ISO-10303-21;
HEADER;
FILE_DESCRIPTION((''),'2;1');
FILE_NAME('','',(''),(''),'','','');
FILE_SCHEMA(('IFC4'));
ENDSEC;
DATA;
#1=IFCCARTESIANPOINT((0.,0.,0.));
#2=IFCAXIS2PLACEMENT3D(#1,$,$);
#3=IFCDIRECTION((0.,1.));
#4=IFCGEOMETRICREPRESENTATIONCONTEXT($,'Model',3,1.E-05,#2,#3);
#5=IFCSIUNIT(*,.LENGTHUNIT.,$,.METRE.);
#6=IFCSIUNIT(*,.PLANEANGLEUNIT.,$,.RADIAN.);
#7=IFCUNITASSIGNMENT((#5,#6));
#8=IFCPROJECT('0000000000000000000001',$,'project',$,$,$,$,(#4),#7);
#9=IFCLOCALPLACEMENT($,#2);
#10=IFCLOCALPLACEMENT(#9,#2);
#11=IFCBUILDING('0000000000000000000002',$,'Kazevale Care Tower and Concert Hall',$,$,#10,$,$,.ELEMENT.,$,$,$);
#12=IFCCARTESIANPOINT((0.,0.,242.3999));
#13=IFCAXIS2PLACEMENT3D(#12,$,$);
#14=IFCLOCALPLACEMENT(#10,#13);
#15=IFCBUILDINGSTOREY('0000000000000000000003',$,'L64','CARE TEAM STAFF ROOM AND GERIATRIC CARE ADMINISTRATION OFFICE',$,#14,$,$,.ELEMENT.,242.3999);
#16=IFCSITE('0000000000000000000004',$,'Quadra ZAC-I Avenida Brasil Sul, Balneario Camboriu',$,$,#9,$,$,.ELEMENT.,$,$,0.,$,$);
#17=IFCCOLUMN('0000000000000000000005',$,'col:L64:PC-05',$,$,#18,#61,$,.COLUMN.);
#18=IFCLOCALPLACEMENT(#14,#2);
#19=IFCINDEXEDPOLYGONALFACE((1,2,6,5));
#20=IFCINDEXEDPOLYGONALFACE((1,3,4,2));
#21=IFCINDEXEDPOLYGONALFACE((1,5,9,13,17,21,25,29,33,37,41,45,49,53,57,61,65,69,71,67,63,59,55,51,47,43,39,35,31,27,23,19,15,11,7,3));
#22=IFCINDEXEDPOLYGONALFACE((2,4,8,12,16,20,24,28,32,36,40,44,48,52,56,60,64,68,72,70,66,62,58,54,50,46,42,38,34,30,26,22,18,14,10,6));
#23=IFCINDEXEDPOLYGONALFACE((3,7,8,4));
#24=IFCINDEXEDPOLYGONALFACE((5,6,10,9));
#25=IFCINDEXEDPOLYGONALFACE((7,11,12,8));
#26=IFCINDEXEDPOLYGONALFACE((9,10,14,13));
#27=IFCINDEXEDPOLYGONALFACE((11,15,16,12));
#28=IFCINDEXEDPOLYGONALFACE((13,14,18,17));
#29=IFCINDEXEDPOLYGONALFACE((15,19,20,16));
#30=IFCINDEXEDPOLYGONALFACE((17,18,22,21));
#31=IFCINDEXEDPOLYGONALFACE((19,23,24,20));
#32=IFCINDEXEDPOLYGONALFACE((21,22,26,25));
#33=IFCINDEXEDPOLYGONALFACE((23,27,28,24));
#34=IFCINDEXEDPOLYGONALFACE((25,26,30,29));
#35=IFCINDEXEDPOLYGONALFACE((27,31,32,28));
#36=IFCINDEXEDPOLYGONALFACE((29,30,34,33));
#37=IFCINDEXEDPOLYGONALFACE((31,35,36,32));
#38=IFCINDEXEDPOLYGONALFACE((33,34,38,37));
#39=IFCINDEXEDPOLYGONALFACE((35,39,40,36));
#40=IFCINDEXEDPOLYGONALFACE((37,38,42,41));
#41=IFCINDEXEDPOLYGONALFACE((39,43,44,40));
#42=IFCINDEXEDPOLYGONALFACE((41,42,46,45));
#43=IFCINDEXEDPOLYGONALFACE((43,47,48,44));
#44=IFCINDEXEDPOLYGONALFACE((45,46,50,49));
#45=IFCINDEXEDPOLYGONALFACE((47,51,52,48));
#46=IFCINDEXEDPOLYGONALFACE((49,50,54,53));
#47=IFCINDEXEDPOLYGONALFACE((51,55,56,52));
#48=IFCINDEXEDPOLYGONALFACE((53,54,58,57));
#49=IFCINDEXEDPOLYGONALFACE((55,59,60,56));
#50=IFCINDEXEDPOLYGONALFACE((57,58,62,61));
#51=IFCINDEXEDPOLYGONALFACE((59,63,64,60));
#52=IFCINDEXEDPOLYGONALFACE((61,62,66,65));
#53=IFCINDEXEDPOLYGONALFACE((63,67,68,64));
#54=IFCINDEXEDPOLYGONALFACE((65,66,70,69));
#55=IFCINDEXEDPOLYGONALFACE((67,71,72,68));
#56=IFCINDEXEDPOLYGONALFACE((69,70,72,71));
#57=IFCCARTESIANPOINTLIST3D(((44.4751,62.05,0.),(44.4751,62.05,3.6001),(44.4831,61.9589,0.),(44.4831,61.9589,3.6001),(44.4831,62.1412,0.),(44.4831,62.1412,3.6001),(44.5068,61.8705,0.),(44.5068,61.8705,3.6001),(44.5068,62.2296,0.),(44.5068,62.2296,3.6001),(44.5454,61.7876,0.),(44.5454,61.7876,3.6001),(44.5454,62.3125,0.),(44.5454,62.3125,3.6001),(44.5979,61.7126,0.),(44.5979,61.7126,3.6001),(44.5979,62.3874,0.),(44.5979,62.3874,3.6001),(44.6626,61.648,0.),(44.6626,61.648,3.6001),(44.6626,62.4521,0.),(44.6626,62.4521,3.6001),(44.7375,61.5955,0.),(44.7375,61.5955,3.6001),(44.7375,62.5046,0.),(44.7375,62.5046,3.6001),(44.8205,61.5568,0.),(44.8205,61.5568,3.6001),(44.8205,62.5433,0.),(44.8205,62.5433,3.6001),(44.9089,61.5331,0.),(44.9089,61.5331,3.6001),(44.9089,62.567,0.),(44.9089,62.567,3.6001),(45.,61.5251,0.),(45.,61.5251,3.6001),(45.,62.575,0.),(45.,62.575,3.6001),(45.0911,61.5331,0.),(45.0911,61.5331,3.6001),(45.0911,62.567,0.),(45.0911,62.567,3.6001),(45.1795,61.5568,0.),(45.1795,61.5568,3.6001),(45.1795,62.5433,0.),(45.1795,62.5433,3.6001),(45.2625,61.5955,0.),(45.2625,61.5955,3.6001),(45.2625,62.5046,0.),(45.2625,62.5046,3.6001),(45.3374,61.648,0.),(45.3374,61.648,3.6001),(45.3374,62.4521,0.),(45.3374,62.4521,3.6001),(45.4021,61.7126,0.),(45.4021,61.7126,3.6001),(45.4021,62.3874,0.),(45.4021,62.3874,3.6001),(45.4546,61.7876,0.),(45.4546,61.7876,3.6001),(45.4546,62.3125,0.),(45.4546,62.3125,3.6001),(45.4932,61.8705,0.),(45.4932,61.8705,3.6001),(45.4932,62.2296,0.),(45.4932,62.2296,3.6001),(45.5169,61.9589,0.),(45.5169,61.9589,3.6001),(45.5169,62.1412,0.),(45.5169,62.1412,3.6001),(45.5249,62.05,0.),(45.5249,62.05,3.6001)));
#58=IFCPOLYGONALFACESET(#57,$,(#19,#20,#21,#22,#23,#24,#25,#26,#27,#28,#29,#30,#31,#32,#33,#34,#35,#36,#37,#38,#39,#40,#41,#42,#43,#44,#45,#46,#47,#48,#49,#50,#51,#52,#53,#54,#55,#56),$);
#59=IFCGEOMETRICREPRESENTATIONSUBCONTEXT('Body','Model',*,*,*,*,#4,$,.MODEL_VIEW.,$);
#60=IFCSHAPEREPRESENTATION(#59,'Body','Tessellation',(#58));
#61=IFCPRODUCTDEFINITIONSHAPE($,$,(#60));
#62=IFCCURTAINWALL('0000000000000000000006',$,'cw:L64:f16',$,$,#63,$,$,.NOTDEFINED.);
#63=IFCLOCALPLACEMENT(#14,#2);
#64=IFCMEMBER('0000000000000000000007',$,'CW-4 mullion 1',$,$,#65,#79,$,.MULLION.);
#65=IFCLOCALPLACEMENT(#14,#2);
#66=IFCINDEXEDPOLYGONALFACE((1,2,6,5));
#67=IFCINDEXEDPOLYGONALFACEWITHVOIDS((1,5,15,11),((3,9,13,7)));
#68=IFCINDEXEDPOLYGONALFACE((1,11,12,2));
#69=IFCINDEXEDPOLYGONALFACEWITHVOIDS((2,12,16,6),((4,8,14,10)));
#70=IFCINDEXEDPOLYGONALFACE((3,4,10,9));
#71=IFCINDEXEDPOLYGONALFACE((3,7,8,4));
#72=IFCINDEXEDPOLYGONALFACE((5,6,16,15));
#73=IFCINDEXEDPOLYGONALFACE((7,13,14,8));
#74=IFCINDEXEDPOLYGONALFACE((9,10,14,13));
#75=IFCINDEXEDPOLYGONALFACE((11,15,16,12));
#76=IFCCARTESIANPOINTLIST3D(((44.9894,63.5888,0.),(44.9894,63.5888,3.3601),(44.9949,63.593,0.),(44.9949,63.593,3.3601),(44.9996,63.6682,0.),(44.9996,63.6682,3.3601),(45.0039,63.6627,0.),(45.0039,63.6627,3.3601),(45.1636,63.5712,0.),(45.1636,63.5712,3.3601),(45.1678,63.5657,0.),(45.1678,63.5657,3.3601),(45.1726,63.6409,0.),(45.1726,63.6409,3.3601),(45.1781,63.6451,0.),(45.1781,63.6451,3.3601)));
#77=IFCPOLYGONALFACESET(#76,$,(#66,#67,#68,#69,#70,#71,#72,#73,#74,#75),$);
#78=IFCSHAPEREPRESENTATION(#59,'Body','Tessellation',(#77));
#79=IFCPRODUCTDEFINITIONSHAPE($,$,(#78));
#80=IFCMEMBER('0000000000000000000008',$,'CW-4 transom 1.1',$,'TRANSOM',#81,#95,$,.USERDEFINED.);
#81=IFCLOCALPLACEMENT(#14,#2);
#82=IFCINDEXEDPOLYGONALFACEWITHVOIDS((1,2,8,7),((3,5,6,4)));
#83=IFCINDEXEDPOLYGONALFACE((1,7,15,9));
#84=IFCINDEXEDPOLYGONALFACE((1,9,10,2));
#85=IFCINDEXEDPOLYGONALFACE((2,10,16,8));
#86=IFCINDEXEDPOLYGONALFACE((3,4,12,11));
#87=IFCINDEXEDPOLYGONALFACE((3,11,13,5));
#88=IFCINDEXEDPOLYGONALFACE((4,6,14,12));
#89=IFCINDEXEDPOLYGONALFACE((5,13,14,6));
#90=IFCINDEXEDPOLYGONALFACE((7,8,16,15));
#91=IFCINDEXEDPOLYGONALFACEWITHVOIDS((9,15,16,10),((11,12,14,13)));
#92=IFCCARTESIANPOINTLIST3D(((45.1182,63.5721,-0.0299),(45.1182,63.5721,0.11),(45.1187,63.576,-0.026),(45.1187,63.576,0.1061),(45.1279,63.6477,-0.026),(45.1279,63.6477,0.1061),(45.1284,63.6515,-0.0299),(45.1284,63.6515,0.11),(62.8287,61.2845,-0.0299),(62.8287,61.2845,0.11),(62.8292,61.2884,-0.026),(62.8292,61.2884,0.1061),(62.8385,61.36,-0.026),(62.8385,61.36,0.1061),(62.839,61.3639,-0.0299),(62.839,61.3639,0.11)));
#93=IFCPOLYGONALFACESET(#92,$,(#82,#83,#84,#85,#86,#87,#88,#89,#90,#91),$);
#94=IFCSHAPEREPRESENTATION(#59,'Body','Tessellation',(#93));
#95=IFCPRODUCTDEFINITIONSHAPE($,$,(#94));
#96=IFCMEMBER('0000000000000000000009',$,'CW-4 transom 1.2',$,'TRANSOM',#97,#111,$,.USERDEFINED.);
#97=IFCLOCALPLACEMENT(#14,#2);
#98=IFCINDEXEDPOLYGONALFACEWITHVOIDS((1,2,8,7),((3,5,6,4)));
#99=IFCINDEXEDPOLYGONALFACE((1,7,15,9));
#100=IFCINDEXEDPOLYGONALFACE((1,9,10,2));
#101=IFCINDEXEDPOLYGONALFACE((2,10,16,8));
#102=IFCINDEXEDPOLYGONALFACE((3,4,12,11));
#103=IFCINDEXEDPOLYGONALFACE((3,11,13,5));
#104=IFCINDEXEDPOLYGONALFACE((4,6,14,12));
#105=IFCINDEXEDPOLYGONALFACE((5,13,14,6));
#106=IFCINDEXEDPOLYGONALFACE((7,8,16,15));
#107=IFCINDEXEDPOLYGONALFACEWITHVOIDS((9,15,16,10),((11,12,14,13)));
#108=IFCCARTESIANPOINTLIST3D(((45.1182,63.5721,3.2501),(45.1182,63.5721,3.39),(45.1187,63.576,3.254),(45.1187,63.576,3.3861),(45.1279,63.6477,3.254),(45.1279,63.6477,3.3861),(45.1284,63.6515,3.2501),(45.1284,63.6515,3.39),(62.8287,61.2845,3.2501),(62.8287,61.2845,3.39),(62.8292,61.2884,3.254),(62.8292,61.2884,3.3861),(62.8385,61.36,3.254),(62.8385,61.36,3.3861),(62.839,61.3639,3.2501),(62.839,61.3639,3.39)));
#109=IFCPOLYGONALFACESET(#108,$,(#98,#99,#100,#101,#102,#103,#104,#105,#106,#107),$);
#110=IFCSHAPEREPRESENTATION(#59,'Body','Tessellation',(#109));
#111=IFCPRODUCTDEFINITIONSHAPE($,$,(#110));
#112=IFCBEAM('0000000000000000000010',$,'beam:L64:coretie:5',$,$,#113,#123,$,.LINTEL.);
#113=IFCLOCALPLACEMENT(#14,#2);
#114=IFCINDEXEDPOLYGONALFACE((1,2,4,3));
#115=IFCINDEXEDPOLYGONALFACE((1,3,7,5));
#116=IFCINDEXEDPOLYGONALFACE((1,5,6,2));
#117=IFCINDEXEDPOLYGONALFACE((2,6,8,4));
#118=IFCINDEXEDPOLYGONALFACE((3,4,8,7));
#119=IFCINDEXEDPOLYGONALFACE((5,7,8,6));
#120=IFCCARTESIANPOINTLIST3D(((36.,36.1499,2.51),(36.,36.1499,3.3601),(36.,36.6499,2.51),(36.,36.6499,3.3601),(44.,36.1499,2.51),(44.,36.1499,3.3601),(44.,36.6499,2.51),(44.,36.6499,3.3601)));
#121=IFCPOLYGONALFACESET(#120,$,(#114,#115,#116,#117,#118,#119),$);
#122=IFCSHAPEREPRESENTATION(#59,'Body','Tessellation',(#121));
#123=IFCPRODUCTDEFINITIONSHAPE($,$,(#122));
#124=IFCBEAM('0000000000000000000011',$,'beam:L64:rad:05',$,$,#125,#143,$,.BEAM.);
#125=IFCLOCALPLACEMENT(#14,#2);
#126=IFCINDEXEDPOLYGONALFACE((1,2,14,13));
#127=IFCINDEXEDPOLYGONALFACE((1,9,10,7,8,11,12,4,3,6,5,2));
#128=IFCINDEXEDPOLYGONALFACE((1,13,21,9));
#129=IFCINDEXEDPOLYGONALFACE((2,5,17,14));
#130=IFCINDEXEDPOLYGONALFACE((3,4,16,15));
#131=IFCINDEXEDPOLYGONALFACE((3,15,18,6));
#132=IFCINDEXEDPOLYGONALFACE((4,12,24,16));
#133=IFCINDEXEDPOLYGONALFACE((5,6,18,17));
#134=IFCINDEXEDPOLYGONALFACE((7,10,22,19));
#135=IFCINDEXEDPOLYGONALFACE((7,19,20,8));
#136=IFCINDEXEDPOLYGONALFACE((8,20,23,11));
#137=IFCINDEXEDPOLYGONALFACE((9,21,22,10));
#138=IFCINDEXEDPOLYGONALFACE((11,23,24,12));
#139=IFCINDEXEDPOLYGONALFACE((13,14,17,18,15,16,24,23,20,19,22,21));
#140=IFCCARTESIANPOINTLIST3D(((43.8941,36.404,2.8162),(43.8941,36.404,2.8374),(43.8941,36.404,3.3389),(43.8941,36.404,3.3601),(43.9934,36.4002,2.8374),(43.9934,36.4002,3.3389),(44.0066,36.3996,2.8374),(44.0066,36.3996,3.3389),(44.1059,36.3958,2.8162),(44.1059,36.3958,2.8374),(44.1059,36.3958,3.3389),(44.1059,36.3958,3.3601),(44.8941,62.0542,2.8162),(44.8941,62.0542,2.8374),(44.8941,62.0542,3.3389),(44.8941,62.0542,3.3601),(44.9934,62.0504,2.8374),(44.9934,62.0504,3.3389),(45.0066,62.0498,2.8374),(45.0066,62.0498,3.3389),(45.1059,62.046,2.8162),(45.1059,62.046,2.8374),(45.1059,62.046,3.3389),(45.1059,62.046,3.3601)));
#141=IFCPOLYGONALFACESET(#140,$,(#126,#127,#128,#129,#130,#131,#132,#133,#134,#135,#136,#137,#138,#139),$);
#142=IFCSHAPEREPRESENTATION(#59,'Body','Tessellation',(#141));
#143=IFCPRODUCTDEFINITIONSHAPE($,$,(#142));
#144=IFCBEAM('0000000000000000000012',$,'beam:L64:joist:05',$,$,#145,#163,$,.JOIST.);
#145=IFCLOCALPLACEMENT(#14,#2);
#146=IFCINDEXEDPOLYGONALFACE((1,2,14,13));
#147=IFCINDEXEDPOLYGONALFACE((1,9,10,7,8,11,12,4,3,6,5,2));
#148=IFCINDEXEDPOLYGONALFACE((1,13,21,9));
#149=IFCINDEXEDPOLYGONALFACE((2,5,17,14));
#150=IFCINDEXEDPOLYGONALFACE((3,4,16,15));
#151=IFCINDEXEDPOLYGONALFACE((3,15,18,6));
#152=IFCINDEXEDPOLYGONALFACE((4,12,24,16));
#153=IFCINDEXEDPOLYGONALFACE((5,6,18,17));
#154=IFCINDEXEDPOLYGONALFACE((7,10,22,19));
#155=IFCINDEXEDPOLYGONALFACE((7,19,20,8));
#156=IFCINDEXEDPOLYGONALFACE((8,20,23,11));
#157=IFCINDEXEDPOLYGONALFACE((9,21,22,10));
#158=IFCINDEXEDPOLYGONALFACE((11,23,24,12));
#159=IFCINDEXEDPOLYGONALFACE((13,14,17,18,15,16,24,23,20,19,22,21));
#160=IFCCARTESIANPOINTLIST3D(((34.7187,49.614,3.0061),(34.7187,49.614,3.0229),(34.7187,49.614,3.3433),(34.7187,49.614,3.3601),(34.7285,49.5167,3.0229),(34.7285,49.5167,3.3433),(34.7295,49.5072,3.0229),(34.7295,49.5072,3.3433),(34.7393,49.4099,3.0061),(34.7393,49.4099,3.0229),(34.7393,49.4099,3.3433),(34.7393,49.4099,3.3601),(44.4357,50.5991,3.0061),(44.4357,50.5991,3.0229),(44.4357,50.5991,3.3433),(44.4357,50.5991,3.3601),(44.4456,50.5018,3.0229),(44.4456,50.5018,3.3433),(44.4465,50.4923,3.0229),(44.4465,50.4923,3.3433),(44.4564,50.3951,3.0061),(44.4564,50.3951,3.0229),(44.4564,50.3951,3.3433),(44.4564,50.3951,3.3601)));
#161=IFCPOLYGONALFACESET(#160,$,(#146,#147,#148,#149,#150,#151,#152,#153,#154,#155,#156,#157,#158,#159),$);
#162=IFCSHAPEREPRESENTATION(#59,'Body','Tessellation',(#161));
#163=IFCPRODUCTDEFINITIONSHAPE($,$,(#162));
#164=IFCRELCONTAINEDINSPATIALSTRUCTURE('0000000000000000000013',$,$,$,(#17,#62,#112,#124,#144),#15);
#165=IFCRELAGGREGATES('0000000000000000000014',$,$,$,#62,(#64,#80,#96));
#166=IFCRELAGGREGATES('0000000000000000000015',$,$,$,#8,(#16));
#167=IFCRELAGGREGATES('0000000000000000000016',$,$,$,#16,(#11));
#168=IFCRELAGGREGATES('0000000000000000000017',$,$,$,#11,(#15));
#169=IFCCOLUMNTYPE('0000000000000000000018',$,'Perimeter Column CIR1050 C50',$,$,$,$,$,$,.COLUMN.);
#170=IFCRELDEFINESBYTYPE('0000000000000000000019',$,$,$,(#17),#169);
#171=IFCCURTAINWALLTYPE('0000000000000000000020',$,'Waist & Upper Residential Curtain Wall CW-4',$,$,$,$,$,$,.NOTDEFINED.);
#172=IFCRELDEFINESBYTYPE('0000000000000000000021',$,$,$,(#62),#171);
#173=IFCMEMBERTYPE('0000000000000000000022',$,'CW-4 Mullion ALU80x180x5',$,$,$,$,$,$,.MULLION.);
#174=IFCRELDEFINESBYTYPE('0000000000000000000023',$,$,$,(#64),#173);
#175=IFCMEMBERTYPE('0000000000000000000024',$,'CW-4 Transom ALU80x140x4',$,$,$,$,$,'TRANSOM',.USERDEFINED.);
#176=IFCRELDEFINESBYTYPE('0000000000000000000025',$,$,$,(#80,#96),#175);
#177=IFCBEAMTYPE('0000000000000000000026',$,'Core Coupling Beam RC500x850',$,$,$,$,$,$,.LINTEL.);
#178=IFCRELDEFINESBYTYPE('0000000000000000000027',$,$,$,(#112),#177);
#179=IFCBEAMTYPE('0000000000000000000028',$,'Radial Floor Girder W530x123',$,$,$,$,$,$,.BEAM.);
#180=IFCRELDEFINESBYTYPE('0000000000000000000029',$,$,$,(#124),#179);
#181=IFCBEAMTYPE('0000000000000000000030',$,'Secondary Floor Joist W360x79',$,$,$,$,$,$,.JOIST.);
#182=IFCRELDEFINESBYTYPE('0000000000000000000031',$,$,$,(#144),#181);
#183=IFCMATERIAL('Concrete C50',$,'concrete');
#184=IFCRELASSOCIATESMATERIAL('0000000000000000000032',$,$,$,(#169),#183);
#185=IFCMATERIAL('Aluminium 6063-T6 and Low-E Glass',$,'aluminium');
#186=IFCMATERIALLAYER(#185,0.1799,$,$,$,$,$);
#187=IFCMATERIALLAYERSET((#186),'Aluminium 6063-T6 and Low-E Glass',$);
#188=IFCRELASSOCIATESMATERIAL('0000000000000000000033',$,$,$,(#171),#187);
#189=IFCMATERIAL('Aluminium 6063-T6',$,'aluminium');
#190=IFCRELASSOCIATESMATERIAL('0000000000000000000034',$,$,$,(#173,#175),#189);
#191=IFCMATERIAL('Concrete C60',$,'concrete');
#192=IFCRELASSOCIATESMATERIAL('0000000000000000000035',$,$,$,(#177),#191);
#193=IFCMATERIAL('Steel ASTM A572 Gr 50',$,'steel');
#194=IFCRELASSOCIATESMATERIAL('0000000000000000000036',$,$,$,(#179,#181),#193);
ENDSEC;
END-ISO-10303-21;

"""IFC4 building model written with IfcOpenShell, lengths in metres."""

from ifc_helpers import new_model, si_unit, direction, frame, origin, origin_2d, place, context, subcontext, project, spatial, rectangle, hollow_rectangle, circle, i_section, extrude, material, layer, layer_set, material_profile, profile_set, type_object, element, aggregate, save


model = new_model("IFC4")

# Units and contexts
model_context = context("Model", 3, precision=1e-05, world=origin(), true_north=direction((0.0, 1.0)))
body_context = subcontext(model_context, "Body", "Model", "MODEL_VIEW")
ifc_project = project(units=[si_unit("LENGTHUNIT", "METRE"), si_unit("PLANEANGLEUNIT", "RADIAN")], contexts=[model_context])

# Site, building, storey
site_placement = place(None, origin())
site = spatial("IfcSite", under=ifc_project, at=site_placement, Name="Quadra ZAC-I Avenida Brasil Sul, Balneario Camboriu", CompositionType="ELEMENT", RefElevation=0.0)
building_placement = place(site_placement, origin())
building = spatial("IfcBuilding", under=site, at=building_placement, Name="Kazevale Care Tower and Concert Hall", CompositionType="ELEMENT")
storey_placement = place(building_placement, frame((0.0, 0.0, 242.3999)))
storey = spatial("IfcBuildingStorey", under=building, at=storey_placement, Name="L64", Description="CARE TEAM STAFF ROOM AND GERIATRIC CARE ADMINISTRATION OFFICE", CompositionType="ELEMENT", Elevation=242.3999)

# Column
ifc_material_1 = material(Name="Concrete C50", Category="concrete")
ifc_material_profile_1 = material_profile(ifc_material_1, circle(Radius=0.5249, at=origin_2d()), Name="RC-CIR1050")
ifc_profile_set_1 = profile_set([ifc_material_profile_1], Name="Concrete C50")
column_type = type_object("IfcColumnType", Name="Perimeter Column CIR1050 C50", PredefinedType="COLUMN", material=ifc_profile_set_1)
column_placement = place(storey_placement, frame((45.0, 62.05, 0.0), z_axis=(0.0, 0.0, 1.0), x_axis=(1.0, 0.0, 0.0)))
element("IfcColumn", 1, at=column_placement, inside=storey, type_object=column_type, Name="col:L64:PC-05", PredefinedType="COLUMN", context=body_context, shape_type="SweptSolid", body=[
    extrude(circle(Radius=0.5249, at=origin_2d()), origin(), (0.0, 0.0, 1.0), 3.6001),
])

# Curtain wall, members
ifc_material_2 = material(Name="Aluminium 6063-T6 and Low-E Glass", Category="aluminium")
ifc_layer_1 = layer(ifc_material_2, 0.1799)
ifc_layer_set_1 = layer_set([ifc_layer_1], Name="Aluminium 6063-T6 and Low-E Glass")
curtain_wall_type = type_object("IfcCurtainWallType", Name="Waist & Upper Residential Curtain Wall CW-4", PredefinedType="NOTDEFINED", material=ifc_layer_set_1)
curtain_wall_placement = place(storey_placement, origin())
curtain_wall = element("IfcCurtainWall", 2, at=curtain_wall_placement, inside=storey, type_object=curtain_wall_type, Name="cw:L64:f16", PredefinedType="NOTDEFINED")
ifc_material_3 = material(Name="Aluminium 6063-T6", Category="aluminium")
ifc_material_profile_2 = material_profile(ifc_material_3, hollow_rectangle(XDim=0.0801, YDim=0.1799, WallThickness=0.0049, at=origin_2d()), Name="ALU80x180x5")
ifc_profile_set_2 = profile_set([ifc_material_profile_2], Name="Aluminium 6063-T6")
member_type_1 = type_object("IfcMemberType", Name="CW-4 Mullion ALU80x180x5", PredefinedType="MULLION", material=ifc_profile_set_2)
member_1_placement = place(storey_placement, frame((45.0837, 63.6169, 0.0), z_axis=(0.0, 0.0, 1.0), x_axis=(0.128098, 0.991761, 0.0)))
member_1 = element("IfcMember", 3, at=member_1_placement, type_object=member_type_1, Name="CW-4 mullion 1", PredefinedType="MULLION", context=body_context, shape_type="SweptSolid", body=[
    extrude(hollow_rectangle(XDim=0.0801, YDim=0.1799, WallThickness=0.0049, at=origin_2d()), origin(), (0.0, 0.0, 1.0), 3.3601),
])
ifc_material_profile_3 = material_profile(ifc_material_3, hollow_rectangle(XDim=0.0801, YDim=0.1399, WallThickness=0.0039, at=origin_2d()), Name="ALU80x140x4")
ifc_profile_set_3 = profile_set([ifc_material_profile_3], Name="Aluminium 6063-T6")
member_type_2 = type_object("IfcMemberType", Name="CW-4 Transom ALU80x140x4", ElementType="TRANSOM", PredefinedType="USERDEFINED", material=ifc_profile_set_3)
member_2_placement = place(storey_placement, frame((45.1233, 63.6118, 0.04), z_axis=(0.991761, -0.128102, 0.0), x_axis=(0.128102, 0.991761, 0.0)))
member_2 = element("IfcMember", 4, at=member_2_placement, type_object=member_type_2, Name="CW-4 transom 1.1", ObjectType="TRANSOM", PredefinedType="USERDEFINED", context=body_context, shape_type="SweptSolid", body=[
    extrude(hollow_rectangle(XDim=0.0801, YDim=0.1399, WallThickness=0.0039, at=origin_2d()), origin(), (0.0, 0.0, 1.0), 17.8577),
])
member_3_placement = place(storey_placement, frame((45.1233, 63.6118, 3.3201), z_axis=(0.991761, -0.128102, 0.0), x_axis=(0.128102, 0.991761, 0.0)))
member_3 = element("IfcMember", 5, at=member_3_placement, type_object=member_type_2, Name="CW-4 transom 1.2", ObjectType="TRANSOM", PredefinedType="USERDEFINED", context=body_context, shape_type="SweptSolid", body=[
    extrude(hollow_rectangle(XDim=0.0801, YDim=0.1399, WallThickness=0.0039, at=origin_2d()), origin(), (0.0, 0.0, 1.0), 17.8577),
])
aggregate(curtain_wall, [member_1, member_2, member_3])

# Beams
ifc_material_4 = material(Name="Concrete C60", Category="concrete")
ifc_material_profile_4 = material_profile(ifc_material_4, rectangle(XDim=0.5, YDim=0.8501, at=origin_2d()), Name="RC-B500x850")
ifc_profile_set_4 = profile_set([ifc_material_profile_4], Name="Concrete C60")
beam_type_1 = type_object("IfcBeamType", Name="Core Coupling Beam RC500x850", PredefinedType="LINTEL", material=ifc_profile_set_4)
beam_1_placement = place(storey_placement, frame((44.0, 36.3999, 2.9351), z_axis=(-1.0, 0.0, 0.0), x_axis=(0.0, -1.0, 0.0)))
element("IfcBeam", 6, at=beam_1_placement, inside=storey, type_object=beam_type_1, Name="beam:L64:coretie:5", PredefinedType="LINTEL", context=body_context, shape_type="SweptSolid", body=[
    extrude(rectangle(XDim=0.5, YDim=0.8501, at=origin_2d()), origin(), (0.0, 0.0, 1.0), 8.0),
])
ifc_material_5 = material(Name="Steel ASTM A572 Gr 50", Category="steel")
ifc_material_profile_5 = material_profile(ifc_material_5, i_section(OverallWidth=0.2119, OverallDepth=0.5439, WebThickness=0.0132, FlangeThickness=0.0212, at=origin_2d()), Name="W530x123")
ifc_profile_set_5 = profile_set([ifc_material_profile_5], Name="Steel ASTM A572 Gr 50")
beam_type_2 = type_object("IfcBeamType", Name="Radial Floor Girder W530x123", PredefinedType="BEAM", material=ifc_profile_set_5)
beam_2_placement = place(storey_placement, frame((44.0, 36.3999, 3.0881), z_axis=(0.038957, 0.999241, 0.0), x_axis=(-0.999241, 0.038957, 0.0)))
element("IfcBeam", 7, at=beam_2_placement, inside=storey, type_object=beam_type_2, Name="beam:L64:rad:05", PredefinedType="BEAM", context=body_context, shape_type="SweptSolid", body=[
    extrude(i_section(OverallWidth=0.2119, OverallDepth=0.5439, WebThickness=0.0132, FlangeThickness=0.0212, at=origin_2d()), origin(), (0.0, 0.0, 1.0), 25.6697),
])
ifc_material_profile_6 = material_profile(ifc_material_5, i_section(OverallWidth=0.2051, OverallDepth=0.354, WebThickness=0.0095, FlangeThickness=0.0168, at=origin_2d()), Name="W360x79")
ifc_profile_set_6 = profile_set([ifc_material_profile_6], Name="Steel ASTM A572 Gr 50")
beam_type_3 = type_object("IfcBeamType", Name="Secondary Floor Joist W360x79", PredefinedType="JOIST", material=ifc_profile_set_6)
beam_3_placement = place(storey_placement, frame((44.446, 50.4971, 3.1831), z_axis=(-0.9949, -0.100862, 0.0), x_axis=(0.100862, -0.9949, 0.0)))
element("IfcBeam", 8, at=beam_3_placement, inside=storey, type_object=beam_type_3, Name="beam:L64:joist:05", PredefinedType="JOIST", context=body_context, shape_type="SweptSolid", body=[
    extrude(i_section(OverallWidth=0.2051, OverallDepth=0.354, WebThickness=0.0095, FlangeThickness=0.0168, at=origin_2d()), origin(), (0.0, 0.0, 1.0), 9.7668),
])

save(model, "model.ifc")
